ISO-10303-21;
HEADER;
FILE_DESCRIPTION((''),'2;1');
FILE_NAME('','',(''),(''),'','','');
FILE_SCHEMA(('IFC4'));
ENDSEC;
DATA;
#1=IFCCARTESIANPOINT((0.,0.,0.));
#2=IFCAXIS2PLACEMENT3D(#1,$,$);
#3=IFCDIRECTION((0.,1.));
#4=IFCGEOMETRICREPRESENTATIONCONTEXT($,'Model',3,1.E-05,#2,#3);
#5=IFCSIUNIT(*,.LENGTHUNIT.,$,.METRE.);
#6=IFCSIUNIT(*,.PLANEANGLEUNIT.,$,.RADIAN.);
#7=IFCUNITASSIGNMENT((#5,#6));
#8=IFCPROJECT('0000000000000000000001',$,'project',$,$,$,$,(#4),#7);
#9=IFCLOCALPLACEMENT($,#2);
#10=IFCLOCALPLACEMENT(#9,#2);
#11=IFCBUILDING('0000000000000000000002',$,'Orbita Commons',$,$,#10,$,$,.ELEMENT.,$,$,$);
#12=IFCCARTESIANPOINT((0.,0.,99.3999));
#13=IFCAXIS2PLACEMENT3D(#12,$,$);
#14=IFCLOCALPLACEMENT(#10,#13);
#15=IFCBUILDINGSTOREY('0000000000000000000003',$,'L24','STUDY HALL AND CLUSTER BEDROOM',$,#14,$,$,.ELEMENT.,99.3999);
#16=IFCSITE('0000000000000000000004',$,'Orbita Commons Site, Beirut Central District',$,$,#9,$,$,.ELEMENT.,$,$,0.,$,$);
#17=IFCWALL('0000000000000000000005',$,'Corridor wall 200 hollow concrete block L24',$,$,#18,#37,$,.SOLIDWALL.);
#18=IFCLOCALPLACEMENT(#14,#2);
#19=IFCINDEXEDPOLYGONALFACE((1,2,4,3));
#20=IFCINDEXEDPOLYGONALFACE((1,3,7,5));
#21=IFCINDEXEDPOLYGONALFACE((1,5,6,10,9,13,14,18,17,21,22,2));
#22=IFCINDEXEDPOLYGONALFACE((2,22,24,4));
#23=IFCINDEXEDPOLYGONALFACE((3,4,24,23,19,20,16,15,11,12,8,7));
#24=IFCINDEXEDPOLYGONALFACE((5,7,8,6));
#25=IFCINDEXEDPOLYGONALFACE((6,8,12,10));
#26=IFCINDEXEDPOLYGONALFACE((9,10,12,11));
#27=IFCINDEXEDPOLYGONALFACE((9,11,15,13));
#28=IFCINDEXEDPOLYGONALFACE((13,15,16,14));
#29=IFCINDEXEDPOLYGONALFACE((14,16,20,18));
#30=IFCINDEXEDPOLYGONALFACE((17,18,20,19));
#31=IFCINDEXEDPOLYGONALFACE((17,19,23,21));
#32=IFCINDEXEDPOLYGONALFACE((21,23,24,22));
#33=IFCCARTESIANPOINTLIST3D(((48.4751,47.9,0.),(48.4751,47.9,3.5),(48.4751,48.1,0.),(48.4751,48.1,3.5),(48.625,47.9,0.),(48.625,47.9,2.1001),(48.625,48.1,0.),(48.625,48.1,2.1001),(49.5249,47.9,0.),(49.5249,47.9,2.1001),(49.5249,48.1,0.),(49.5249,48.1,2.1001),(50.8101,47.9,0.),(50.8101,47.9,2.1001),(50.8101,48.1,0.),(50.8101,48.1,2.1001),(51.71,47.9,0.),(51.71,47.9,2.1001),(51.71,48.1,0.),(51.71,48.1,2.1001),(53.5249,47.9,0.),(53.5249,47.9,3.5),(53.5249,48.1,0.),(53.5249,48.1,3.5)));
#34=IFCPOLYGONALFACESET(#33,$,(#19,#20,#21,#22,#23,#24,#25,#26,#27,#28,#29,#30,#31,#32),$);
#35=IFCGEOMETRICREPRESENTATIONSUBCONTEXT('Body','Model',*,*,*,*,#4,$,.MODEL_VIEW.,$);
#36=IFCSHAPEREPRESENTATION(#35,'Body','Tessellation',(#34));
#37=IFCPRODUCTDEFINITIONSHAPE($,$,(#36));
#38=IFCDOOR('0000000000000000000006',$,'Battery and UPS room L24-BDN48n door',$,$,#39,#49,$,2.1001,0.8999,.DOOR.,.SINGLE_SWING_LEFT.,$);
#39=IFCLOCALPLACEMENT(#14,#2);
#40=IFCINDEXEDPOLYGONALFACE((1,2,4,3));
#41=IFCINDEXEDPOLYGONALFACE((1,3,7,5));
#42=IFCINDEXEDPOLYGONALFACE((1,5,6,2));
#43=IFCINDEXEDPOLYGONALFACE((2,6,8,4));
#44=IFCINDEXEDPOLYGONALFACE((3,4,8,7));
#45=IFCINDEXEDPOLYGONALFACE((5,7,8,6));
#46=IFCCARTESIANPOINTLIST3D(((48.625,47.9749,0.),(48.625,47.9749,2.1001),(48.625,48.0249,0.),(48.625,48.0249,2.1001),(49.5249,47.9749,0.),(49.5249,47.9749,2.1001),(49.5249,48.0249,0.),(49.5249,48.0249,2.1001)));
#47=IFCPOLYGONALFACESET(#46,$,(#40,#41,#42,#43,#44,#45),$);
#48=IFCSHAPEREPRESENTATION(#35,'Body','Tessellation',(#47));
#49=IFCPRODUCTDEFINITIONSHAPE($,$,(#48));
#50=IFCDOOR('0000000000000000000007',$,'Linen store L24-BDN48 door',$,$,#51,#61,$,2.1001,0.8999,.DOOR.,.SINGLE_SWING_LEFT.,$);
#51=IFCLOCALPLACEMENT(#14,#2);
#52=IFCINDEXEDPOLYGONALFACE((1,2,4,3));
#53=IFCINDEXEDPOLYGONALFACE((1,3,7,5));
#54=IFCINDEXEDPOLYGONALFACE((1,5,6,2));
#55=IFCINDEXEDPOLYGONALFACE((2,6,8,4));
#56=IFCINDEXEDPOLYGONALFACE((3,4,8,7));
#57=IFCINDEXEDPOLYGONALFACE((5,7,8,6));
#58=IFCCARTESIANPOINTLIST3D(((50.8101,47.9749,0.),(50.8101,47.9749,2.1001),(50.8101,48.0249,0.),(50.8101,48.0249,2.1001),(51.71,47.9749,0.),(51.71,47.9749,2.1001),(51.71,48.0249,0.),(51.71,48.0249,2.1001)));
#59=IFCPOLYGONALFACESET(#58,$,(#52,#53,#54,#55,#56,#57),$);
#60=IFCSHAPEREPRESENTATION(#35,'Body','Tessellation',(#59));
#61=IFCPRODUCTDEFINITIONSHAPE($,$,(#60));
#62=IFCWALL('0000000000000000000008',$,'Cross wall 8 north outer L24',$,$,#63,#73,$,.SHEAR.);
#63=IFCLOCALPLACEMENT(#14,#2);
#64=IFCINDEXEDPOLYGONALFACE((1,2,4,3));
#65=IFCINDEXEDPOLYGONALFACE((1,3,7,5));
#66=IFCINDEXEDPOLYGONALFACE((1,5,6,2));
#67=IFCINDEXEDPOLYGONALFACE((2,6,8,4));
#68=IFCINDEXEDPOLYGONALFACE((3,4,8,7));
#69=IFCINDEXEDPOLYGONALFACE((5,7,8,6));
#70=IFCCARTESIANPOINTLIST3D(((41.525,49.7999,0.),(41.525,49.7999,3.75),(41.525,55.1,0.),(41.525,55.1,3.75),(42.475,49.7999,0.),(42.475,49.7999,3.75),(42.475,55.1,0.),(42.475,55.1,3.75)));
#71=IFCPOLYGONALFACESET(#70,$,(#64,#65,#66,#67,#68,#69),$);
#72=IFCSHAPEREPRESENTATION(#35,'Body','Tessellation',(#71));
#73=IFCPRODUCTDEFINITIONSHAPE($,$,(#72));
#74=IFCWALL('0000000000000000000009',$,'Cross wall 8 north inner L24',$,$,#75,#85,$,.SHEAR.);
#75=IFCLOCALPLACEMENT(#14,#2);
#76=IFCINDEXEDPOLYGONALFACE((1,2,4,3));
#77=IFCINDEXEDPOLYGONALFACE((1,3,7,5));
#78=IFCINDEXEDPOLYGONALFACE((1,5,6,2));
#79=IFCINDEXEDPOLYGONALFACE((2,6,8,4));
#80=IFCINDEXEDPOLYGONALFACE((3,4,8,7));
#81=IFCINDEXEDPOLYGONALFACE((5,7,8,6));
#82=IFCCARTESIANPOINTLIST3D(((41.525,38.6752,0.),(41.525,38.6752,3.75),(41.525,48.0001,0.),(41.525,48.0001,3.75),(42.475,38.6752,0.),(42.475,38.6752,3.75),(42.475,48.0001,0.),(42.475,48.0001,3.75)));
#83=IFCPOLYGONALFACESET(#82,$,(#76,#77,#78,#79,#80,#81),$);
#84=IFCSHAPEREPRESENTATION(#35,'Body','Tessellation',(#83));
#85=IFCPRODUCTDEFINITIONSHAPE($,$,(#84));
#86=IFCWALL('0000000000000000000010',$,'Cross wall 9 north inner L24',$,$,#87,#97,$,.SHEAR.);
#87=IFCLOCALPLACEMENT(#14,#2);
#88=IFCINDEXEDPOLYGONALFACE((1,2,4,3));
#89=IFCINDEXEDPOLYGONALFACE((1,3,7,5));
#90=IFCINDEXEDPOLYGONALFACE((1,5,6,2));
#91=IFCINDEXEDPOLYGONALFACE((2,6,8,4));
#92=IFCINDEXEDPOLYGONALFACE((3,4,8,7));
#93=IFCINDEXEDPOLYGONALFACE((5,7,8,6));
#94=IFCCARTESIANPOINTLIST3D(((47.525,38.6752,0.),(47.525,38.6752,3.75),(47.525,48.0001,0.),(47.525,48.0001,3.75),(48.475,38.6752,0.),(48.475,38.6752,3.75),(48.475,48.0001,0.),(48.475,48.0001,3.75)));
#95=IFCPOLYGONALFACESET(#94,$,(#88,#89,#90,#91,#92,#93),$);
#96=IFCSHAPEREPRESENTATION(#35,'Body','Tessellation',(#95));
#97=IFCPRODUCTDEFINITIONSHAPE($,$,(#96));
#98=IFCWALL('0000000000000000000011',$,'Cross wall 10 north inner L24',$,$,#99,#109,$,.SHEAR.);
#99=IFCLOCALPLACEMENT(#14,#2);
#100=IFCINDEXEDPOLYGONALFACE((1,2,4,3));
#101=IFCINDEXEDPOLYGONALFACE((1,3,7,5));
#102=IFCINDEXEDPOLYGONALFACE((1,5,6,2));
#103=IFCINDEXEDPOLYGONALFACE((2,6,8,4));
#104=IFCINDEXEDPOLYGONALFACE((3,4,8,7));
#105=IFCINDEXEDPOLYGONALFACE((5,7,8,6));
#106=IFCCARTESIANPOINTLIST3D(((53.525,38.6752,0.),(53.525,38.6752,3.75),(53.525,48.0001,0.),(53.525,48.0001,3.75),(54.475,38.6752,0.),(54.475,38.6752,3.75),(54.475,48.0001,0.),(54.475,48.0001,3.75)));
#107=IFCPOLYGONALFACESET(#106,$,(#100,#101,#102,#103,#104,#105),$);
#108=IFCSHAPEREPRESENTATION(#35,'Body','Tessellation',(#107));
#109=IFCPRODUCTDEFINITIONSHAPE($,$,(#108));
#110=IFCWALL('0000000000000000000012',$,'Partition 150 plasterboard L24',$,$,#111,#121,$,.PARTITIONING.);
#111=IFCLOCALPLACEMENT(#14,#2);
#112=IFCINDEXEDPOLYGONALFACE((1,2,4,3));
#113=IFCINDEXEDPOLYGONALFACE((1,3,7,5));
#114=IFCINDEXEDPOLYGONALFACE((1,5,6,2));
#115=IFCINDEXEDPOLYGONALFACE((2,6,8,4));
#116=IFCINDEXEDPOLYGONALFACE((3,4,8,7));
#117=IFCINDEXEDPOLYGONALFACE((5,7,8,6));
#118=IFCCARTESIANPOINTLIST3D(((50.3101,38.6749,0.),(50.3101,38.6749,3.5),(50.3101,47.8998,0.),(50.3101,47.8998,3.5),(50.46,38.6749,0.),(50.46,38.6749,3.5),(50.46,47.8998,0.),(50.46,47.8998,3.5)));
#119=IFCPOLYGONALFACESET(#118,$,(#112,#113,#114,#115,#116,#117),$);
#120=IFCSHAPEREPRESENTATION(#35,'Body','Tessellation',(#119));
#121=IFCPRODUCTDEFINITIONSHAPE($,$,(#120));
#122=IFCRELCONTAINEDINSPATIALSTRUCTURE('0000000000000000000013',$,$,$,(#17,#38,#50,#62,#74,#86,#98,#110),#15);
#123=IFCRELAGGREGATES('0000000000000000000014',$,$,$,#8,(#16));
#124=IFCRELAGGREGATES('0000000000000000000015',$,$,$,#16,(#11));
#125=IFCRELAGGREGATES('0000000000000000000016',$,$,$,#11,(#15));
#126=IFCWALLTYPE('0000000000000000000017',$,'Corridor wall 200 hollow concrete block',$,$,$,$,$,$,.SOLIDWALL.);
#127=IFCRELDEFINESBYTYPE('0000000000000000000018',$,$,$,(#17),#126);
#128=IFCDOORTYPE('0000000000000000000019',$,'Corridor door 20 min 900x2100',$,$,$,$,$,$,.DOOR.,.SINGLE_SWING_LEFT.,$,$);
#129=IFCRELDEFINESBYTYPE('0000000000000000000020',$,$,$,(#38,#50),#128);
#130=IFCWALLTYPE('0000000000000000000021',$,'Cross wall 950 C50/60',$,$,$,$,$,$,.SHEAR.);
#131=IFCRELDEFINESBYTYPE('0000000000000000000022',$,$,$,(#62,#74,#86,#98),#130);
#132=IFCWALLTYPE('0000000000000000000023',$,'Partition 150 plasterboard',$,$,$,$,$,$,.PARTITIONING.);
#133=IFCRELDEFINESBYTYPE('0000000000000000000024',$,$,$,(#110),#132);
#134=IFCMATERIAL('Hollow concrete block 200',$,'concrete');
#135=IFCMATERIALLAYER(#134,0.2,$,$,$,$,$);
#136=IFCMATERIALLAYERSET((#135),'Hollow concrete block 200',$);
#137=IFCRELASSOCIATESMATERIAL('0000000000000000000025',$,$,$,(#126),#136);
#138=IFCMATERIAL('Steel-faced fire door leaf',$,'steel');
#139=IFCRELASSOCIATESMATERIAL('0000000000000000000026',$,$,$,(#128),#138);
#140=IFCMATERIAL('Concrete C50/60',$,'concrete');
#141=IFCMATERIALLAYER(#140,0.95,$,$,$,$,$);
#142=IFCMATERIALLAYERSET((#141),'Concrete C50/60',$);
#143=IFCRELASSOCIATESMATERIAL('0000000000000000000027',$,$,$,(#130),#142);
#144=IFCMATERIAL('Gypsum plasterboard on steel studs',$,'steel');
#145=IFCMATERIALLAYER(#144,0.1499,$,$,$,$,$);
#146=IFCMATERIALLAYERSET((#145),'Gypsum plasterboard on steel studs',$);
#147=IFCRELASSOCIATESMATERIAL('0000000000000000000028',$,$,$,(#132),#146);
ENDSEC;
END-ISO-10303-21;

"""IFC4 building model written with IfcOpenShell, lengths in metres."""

from ifc_helpers import new_model, si_unit, direction, frame, frame_2d, origin, place, context, subcontext, project, spatial, rectangle, extrude, material, layer, layer_set, type_object, element, fill, save


model = new_model("IFC4")

# Units and contexts
model_context = context("Model", 3, precision=1e-05, world=origin(), true_north=direction((0.0, 1.0)))
body_context = subcontext(model_context, "Body", "Model", "MODEL_VIEW")
ifc_project = project(units=[si_unit("LENGTHUNIT", "METRE"), si_unit("PLANEANGLEUNIT", "RADIAN")], contexts=[model_context])

# Site, building, storey
site_placement = place(None, origin())
site = spatial("IfcSite", under=ifc_project, at=site_placement, Name="Orbita Commons Site, Beirut Central District", CompositionType="ELEMENT", RefElevation=0.0)
building_placement = place(site_placement, origin())
building = spatial("IfcBuilding", under=site, at=building_placement, Name="Orbita Commons", CompositionType="ELEMENT")
storey_placement = place(building_placement, frame((0.0, 0.0, 99.3999)))
storey = spatial("IfcBuildingStorey", under=building, at=storey_placement, Name="L24", Description="STUDY HALL AND CLUSTER BEDROOM", CompositionType="ELEMENT", Elevation=99.3999)

# Shared definitions
ifc_material_1 = material(Name="Hollow concrete block 200", Category="concrete")
ifc_layer_1 = layer(ifc_material_1, 0.2)
ifc_layer_set_1 = layer_set([ifc_layer_1], Name="Hollow concrete block 200")
wall_type_1 = type_object("IfcWallType", Name="Corridor wall 200 hollow concrete block", PredefinedType="SOLIDWALL", material=ifc_layer_set_1)

# Wall, openings, doors
wall_1_placement = place(storey_placement, frame((48.4751, 48.0, 0.0), z_axis=(0.0, 0.0, 1.0), x_axis=(1.0, 0.0, 0.0)))
wall_1 = element("IfcWall", 1, at=wall_1_placement, inside=storey, type_object=wall_type_1, Name="Corridor wall 200 hollow concrete block L24", PredefinedType="SOLIDWALL", context=body_context, shape_type="SweptSolid", body=[
    extrude(rectangle(XDim=5.0498, YDim=0.2, at=frame_2d((2.5249, 0.0))), origin(), (0.0, 0.0, 1.0), 3.5),
])
opening_1_placement = place(wall_1_placement, frame((0.1499, 0.0, 0.0)))
opening_1 = element("IfcOpeningElement", 2, at=opening_1_placement, cuts=wall_1, PredefinedType="OPENING", context=body_context, shape_type="SweptSolid", body=[
    extrude(rectangle(XDim=0.8999, YDim=2.1001, at=frame_2d((0.45, 1.05))), frame((0.0, 0.1099, 0.0), z_axis=(0.0, -1.0, 0.0), x_axis=(1.0, 0.0, 0.0)), (0.0, 0.0, 1.0), 0.22),
])
opening_2_placement = place(wall_1_placement, frame((2.335, 0.0, 0.0)))
opening_2 = element("IfcOpeningElement", 3, at=opening_2_placement, cuts=wall_1, PredefinedType="OPENING", context=body_context, shape_type="SweptSolid", body=[
    extrude(rectangle(XDim=0.8999, YDim=2.1001, at=frame_2d((0.45, 1.05))), frame((0.0, 0.1099, 0.0), z_axis=(0.0, -1.0, 0.0), x_axis=(1.0, 0.0, 0.0)), (0.0, 0.0, 1.0), 0.22),
])
ifc_material_2 = material(Name="Steel-faced fire door leaf", Category="steel")
door_type_1 = type_object("IfcDoorType", Name="Corridor door 20 min 900x2100", OperationType="SINGLE_SWING_LEFT", PredefinedType="DOOR", material=ifc_material_2)
door_1_placement = place(opening_1_placement, origin())
door_1 = element("IfcDoor", 4, at=door_1_placement, inside=storey, type_object=door_type_1, Name="Battery and UPS room L24-BDN48n door", OperationType="SINGLE_SWING_LEFT", OverallHeight=2.1001, OverallWidth=0.8999, PredefinedType="DOOR", context=body_context, shape_type="SweptSolid", body=[
    extrude(rectangle(XDim=0.8999, YDim=2.1001, at=frame_2d((0.45, 1.05))), frame((0.0, 0.0249, 0.0), z_axis=(0.0, -1.0, 0.0), x_axis=(1.0, 0.0, 0.0)), (0.0, 0.0, 1.0), 0.05),
])
fill(opening_1, door_1)
door_2_placement = place(opening_2_placement, origin())
door_2 = element("IfcDoor", 5, at=door_2_placement, inside=storey, type_object=door_type_1, Name="Linen store L24-BDN48 door", OperationType="SINGLE_SWING_LEFT", OverallHeight=2.1001, OverallWidth=0.8999, PredefinedType="DOOR", context=body_context, shape_type="SweptSolid", body=[
    extrude(rectangle(XDim=0.8999, YDim=2.1001, at=frame_2d((0.45, 1.05))), frame((0.0, 0.0249, 0.0), z_axis=(0.0, -1.0, 0.0), x_axis=(1.0, 0.0, 0.0)), (0.0, 0.0, 1.0), 0.05),
])
fill(opening_2, door_2)

# Walls
ifc_material_3 = material(Name="Concrete C50/60", Category="concrete")
ifc_layer_2 = layer(ifc_material_3, 0.95)
ifc_layer_set_2 = layer_set([ifc_layer_2], Name="Concrete C50/60")
wall_type_2 = type_object("IfcWallType", Name="Cross wall 950 C50/60", PredefinedType="SHEAR", material=ifc_layer_set_2)
wall_2_placement = place(storey_placement, frame((42.0, 49.8, 0.0), z_axis=(0.0, 0.0, 1.0), x_axis=(0.0, 1.0, 0.0)))
element("IfcWall", 6, at=wall_2_placement, inside=storey, type_object=wall_type_2, Name="Cross wall 8 north outer L24", PredefinedType="SHEAR", context=body_context, shape_type="SweptSolid", body=[
    extrude(rectangle(XDim=5.3, YDim=0.95, at=frame_2d((2.6499, 0.0))), origin(), (0.0, 0.0, 1.0), 3.75),
])
for number, where, z_axis, x_axis, name in (
    (7, (42.0, 38.675, 0.0), (0.0, 0.0, 1.0), (0.0, 1.0, 0.0), "Cross wall 8 north inner L24"),
    (8, (48.0, 38.675, 0.0), (0.0, 0.0, 1.0), (0.0, 1.0, 0.0), "Cross wall 9 north inner L24"),
    (9, (54.0, 38.675, 0.0), (0.0, 0.0, 1.0), (0.0, 1.0, 0.0), "Cross wall 10 north inner L24"),
):
    element("IfcWall", number, at=place(storey_placement, frame(where, z_axis=z_axis, x_axis=x_axis)), inside=storey, type_object=wall_type_2, Name=name, PredefinedType="SHEAR", context=body_context, shape_type="SweptSolid", body=[
        extrude(rectangle(XDim=9.325, YDim=0.95, at=frame_2d((4.6626, 0.0))), origin(), (0.0, 0.0, 1.0), 3.75),
    ])
ifc_material_4 = material(Name="Gypsum plasterboard on steel studs", Category="steel")
ifc_layer_3 = layer(ifc_material_4, 0.1499)
ifc_layer_set_3 = layer_set([ifc_layer_3], Name="Gypsum plasterboard on steel studs")
wall_type_3 = type_object("IfcWallType", Name="Partition 150 plasterboard", PredefinedType="PARTITIONING", material=ifc_layer_set_3)
wall_3_placement = place(storey_placement, frame((50.385, 38.675, 0.0), z_axis=(0.0, 0.0, 1.0), x_axis=(0.0, 1.0, 0.0)))
element("IfcWall", 10, at=wall_3_placement, inside=storey, type_object=wall_type_3, Name="Partition 150 plasterboard L24", PredefinedType="PARTITIONING", context=body_context, shape_type="SweptSolid", body=[
    extrude(rectangle(XDim=9.2249, YDim=0.1499, at=frame_2d((4.6123, 0.0))), origin(), (0.0, 0.0, 1.0), 3.5),
])

save(model, "model.ifc")
